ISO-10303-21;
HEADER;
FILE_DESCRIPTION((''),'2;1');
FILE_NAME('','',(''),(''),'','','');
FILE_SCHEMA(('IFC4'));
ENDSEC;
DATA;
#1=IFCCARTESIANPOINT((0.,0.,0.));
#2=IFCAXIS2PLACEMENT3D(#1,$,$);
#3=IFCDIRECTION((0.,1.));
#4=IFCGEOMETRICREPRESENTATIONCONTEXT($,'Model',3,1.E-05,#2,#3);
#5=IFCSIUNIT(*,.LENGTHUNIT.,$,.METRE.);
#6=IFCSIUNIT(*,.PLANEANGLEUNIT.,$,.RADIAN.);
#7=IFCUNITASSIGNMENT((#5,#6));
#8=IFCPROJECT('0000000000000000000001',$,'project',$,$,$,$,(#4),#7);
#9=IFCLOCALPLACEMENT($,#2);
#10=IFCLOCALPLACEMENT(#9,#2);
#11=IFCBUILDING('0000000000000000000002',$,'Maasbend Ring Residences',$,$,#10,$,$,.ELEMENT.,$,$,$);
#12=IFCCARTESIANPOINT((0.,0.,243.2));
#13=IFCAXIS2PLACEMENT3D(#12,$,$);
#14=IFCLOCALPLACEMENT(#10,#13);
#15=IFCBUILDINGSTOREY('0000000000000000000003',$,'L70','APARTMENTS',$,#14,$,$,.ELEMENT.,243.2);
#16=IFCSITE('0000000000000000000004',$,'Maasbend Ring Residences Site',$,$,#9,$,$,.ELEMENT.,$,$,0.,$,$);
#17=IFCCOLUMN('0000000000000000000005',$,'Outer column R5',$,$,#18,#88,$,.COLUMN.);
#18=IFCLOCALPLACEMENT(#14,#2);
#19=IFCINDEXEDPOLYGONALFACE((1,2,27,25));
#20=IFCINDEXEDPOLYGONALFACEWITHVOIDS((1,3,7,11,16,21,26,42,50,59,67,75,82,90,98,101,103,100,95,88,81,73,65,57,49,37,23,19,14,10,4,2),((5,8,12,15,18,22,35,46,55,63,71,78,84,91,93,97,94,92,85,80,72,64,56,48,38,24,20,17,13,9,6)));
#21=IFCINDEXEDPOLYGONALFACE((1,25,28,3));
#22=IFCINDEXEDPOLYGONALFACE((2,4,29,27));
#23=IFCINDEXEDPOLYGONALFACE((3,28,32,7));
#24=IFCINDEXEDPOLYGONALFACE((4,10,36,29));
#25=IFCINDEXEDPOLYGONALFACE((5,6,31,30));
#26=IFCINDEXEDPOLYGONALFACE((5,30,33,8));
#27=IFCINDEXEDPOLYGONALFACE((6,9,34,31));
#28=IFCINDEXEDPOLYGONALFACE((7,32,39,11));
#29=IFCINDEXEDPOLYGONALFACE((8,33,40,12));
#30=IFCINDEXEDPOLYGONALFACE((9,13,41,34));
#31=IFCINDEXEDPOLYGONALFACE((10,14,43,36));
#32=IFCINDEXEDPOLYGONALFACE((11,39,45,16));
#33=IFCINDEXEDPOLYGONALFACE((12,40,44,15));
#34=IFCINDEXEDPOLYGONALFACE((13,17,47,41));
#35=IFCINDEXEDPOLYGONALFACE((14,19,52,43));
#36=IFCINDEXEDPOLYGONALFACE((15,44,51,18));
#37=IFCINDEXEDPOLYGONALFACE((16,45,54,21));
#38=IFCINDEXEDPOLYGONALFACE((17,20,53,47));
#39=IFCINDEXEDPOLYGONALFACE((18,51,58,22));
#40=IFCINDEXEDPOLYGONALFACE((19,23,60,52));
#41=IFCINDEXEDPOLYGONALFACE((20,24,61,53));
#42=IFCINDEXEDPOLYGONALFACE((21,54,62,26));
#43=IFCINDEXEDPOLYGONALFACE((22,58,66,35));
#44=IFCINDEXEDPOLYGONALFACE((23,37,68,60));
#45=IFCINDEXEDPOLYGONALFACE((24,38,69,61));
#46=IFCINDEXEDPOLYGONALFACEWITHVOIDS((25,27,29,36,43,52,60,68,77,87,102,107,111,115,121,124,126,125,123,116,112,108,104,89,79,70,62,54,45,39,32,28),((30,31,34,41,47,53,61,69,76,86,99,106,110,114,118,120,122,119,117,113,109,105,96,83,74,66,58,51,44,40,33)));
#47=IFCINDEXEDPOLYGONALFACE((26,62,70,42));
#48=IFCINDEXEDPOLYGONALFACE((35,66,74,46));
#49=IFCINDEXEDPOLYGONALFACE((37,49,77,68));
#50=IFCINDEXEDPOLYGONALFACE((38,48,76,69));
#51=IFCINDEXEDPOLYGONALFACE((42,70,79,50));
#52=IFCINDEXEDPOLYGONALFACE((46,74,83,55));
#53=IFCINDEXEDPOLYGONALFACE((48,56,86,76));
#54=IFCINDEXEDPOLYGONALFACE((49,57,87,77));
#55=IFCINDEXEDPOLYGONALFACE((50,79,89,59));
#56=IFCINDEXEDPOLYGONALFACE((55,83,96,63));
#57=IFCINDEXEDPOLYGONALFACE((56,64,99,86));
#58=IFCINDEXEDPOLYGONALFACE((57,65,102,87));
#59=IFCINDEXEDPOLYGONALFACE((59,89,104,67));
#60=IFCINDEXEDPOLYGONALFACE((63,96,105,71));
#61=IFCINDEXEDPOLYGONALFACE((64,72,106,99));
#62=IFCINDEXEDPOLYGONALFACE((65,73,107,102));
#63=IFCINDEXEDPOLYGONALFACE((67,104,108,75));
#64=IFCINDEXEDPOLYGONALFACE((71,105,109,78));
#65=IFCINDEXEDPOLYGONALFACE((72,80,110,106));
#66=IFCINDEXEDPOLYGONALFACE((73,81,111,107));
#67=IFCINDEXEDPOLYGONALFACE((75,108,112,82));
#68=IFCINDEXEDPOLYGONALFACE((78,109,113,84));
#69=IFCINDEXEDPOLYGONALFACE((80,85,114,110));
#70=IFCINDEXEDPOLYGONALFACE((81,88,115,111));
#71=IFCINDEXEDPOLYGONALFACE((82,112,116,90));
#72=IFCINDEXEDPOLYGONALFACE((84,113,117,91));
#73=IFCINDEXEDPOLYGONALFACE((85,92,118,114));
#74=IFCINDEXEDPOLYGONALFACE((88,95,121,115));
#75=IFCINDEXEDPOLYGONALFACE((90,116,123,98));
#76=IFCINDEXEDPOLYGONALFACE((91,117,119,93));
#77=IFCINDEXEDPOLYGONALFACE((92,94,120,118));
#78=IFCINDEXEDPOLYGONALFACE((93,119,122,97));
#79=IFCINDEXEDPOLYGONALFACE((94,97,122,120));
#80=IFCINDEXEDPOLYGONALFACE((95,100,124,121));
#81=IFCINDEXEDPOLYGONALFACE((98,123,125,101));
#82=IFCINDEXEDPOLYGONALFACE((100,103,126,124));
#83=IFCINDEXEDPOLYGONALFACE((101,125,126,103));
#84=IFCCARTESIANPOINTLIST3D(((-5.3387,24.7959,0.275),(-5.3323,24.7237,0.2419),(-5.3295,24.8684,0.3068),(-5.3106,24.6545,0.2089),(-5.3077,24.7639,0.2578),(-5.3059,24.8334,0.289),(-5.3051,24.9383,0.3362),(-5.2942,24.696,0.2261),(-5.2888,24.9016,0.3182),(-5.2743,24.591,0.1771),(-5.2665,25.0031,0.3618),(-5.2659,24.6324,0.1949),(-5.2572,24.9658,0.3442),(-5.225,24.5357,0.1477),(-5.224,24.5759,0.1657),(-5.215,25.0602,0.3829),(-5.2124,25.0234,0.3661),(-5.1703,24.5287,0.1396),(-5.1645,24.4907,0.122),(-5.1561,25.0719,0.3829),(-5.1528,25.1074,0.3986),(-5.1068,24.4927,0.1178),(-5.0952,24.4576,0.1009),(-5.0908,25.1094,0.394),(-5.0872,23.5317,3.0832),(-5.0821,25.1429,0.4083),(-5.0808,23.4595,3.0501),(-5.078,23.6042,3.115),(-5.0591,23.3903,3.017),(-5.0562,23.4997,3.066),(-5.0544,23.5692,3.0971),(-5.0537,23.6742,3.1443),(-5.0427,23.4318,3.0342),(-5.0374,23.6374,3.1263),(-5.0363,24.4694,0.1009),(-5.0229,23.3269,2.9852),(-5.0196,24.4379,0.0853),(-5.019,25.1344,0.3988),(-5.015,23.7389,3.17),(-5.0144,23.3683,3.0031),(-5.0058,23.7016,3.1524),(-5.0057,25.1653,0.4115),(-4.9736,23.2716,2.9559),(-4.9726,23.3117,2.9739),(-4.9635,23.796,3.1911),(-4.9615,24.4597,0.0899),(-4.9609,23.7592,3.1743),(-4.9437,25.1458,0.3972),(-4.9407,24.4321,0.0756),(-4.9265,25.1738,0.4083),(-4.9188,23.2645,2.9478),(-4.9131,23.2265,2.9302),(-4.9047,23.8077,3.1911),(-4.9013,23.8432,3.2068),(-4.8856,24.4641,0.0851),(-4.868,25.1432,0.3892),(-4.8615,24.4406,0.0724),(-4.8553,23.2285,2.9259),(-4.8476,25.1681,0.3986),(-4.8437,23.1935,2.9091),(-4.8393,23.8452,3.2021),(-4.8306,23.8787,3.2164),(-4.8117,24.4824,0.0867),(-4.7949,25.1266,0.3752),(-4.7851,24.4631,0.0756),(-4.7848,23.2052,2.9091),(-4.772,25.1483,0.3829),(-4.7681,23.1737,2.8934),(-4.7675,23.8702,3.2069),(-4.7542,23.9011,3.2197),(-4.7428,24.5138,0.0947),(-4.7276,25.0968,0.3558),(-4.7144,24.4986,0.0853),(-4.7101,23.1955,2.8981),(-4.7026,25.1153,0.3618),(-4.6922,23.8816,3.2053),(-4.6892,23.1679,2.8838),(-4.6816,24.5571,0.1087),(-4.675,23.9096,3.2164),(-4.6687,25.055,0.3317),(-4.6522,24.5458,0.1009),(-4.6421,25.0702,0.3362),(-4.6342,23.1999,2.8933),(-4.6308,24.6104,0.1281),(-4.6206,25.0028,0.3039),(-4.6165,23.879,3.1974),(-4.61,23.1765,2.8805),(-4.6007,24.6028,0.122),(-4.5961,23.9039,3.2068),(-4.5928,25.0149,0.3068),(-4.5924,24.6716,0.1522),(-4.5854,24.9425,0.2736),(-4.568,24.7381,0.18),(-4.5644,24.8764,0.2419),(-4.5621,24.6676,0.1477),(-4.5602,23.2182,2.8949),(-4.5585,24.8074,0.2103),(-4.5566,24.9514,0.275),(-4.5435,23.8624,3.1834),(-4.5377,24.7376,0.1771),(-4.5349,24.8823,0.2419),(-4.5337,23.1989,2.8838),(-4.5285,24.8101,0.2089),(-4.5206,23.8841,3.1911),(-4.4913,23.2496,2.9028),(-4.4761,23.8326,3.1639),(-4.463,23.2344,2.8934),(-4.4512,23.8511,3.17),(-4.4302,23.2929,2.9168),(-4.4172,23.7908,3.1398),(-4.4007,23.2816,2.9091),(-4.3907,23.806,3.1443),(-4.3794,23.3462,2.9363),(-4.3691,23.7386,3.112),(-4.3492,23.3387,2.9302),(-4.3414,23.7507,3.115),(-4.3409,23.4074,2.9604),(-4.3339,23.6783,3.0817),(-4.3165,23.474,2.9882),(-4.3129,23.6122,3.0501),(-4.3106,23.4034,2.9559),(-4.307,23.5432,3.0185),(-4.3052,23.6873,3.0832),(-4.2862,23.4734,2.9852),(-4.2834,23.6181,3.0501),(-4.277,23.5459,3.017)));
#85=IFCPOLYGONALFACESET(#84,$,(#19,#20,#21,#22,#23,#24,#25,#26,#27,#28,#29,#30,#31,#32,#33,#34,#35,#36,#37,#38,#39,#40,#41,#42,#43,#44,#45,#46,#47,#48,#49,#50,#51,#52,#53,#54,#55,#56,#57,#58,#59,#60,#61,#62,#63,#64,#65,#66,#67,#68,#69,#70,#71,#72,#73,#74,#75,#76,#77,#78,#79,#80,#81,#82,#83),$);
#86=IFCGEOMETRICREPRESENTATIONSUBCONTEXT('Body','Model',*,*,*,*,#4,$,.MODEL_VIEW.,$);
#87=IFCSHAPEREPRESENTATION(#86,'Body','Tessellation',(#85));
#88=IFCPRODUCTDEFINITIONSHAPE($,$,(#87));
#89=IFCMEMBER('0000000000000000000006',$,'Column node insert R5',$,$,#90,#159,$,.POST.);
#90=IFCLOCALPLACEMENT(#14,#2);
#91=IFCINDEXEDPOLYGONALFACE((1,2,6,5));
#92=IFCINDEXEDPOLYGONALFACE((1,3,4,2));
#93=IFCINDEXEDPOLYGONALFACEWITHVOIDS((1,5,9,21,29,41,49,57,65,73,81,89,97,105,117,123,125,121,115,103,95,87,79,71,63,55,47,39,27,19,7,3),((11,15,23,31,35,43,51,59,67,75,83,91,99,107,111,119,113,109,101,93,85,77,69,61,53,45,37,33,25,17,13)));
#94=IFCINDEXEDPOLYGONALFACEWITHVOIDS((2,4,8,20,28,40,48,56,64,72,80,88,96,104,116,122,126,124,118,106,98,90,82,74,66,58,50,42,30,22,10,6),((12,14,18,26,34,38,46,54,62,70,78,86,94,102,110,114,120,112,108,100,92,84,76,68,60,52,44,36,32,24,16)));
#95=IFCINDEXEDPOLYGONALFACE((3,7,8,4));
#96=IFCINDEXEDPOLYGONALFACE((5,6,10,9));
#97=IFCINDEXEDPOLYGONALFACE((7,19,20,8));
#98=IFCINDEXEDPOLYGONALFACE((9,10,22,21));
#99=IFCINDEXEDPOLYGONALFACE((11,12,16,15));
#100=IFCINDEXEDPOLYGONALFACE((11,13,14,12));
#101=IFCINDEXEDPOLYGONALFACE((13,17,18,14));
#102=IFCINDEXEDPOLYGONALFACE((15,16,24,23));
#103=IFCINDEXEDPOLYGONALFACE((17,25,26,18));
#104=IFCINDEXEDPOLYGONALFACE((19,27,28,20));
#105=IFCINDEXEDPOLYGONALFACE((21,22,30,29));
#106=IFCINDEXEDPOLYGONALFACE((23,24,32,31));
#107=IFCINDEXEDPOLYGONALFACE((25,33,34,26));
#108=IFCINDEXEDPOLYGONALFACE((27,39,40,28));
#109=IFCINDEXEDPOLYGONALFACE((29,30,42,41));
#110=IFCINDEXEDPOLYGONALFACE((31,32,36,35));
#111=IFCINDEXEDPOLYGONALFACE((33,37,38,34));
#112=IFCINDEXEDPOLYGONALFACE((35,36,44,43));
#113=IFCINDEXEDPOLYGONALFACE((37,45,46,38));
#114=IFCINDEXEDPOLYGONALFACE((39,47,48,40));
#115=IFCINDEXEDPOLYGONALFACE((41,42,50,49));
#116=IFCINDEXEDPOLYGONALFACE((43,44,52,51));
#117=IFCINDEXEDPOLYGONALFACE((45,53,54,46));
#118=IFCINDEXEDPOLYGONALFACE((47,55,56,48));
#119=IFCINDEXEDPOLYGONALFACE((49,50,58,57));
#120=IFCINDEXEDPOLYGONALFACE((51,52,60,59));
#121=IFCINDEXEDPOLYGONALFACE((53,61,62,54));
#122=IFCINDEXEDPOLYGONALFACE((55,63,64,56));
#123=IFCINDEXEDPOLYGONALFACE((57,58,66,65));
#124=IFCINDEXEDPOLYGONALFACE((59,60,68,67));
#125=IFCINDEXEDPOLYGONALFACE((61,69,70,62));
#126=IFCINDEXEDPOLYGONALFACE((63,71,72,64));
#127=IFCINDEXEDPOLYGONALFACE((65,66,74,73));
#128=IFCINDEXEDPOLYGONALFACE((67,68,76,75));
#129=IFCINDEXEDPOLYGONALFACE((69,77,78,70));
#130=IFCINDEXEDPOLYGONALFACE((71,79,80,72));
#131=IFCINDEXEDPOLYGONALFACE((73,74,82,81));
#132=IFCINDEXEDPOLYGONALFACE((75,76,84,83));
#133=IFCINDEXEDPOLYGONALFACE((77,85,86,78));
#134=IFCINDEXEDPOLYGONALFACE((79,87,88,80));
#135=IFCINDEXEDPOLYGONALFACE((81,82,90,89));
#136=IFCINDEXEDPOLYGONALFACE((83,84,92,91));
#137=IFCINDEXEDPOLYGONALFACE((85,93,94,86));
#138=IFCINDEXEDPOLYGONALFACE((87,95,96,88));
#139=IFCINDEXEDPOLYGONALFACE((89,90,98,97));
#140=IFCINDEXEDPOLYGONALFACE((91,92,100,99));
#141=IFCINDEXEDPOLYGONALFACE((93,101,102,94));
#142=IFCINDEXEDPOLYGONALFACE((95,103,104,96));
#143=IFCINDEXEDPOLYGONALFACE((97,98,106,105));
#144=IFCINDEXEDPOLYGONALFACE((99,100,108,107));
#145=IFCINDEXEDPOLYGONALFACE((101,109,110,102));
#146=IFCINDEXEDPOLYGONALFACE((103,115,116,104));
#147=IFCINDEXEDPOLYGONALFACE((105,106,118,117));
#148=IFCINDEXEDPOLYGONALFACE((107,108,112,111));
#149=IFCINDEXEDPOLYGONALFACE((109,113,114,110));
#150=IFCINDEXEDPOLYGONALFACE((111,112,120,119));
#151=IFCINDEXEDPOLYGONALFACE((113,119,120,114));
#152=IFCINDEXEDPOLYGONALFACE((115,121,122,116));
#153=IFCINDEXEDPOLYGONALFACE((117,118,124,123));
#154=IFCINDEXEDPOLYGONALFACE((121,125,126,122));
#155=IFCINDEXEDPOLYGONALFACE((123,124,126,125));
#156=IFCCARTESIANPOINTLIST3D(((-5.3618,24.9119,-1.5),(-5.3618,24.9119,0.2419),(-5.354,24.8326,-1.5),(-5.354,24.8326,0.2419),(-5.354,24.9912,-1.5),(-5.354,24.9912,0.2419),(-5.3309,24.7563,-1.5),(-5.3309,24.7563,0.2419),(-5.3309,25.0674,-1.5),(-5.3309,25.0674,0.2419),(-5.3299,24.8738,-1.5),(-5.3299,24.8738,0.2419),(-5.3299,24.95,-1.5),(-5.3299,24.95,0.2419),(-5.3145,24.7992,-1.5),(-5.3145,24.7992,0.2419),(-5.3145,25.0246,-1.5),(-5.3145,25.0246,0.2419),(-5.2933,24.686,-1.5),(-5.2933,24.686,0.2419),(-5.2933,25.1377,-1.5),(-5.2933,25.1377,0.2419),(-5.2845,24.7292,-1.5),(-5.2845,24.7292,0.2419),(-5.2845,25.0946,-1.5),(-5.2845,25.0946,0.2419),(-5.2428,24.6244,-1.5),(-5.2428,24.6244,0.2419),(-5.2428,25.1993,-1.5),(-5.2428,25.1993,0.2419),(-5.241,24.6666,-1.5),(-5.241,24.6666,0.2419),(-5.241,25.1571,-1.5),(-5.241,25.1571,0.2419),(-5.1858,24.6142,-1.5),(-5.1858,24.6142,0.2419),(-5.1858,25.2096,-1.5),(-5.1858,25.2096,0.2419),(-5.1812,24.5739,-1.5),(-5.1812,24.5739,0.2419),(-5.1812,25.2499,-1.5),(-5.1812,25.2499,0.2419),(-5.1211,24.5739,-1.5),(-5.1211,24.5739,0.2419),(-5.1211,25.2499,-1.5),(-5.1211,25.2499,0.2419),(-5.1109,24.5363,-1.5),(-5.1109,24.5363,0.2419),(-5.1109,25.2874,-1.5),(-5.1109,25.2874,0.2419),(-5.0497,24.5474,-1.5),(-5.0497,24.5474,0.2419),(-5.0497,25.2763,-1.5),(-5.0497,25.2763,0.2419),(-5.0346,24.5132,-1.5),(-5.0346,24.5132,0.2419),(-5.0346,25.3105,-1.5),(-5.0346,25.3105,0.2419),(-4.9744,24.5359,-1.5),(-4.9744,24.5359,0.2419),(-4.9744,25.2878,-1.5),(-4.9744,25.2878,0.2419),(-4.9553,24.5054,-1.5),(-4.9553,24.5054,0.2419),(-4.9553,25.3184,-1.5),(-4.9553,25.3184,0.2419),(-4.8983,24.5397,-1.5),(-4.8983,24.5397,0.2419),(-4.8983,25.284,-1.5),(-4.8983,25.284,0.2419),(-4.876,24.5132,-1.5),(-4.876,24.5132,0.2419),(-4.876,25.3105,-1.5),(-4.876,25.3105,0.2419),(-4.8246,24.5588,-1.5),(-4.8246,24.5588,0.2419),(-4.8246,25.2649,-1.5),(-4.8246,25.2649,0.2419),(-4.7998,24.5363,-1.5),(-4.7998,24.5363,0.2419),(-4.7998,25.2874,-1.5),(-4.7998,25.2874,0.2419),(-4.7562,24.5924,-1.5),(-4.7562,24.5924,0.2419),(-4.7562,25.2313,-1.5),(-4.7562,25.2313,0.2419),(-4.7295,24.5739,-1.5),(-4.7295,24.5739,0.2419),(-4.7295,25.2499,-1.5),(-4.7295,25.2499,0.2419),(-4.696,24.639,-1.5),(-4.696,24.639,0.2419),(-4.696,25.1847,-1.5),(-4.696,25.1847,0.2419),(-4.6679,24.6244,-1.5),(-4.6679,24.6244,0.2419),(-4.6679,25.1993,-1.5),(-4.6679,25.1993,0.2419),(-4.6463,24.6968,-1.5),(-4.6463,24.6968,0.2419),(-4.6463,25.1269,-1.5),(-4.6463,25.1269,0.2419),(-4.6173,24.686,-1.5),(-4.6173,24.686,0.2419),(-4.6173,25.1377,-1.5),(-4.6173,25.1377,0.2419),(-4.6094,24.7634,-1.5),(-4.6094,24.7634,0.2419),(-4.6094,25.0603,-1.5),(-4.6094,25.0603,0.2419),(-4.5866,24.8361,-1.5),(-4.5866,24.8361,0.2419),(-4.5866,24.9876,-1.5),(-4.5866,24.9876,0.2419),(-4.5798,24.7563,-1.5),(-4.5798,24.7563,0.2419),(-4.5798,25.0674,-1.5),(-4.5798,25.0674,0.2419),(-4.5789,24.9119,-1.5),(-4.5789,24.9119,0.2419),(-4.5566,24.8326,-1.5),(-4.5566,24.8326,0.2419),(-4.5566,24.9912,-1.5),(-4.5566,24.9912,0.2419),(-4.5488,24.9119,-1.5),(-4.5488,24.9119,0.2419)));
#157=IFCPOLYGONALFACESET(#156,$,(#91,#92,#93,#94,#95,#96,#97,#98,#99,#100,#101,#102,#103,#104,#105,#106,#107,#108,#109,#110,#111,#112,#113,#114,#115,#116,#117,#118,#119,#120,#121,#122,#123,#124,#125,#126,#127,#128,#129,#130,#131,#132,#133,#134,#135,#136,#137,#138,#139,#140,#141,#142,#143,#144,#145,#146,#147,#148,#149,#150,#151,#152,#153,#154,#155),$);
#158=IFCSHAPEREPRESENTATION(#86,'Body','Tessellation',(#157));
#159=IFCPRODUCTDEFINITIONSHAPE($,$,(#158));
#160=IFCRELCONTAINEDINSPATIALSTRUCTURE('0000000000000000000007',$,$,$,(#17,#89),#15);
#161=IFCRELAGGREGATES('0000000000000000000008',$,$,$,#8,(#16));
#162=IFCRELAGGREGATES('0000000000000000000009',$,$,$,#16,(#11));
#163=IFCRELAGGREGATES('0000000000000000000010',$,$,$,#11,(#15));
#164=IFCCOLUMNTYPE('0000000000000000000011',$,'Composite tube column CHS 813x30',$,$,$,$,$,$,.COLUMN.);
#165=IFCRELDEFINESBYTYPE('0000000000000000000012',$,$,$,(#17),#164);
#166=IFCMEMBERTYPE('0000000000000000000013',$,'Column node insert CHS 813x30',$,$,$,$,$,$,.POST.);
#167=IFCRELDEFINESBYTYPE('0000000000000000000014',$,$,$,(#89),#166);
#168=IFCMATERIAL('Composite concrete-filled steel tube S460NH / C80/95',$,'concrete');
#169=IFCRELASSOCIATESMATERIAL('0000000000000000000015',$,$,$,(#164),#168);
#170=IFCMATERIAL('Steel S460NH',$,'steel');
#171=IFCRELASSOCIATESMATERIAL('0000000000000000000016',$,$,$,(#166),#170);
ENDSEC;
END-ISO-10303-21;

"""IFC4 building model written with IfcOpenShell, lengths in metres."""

from ifc_helpers import new_model, si_unit, direction, frame, origin, origin_2d, place, context, subcontext, project, spatial, hollow_circle, extrude, material, material_profile, profile_set, type_object, element, save


model = new_model("IFC4")

# Units and contexts
model_context = context("Model", 3, precision=1e-05, world=origin(), true_north=direction((0.0, 1.0)))
body_context = subcontext(model_context, "Body", "Model", "MODEL_VIEW")
ifc_project = project(units=[si_unit("LENGTHUNIT", "METRE"), si_unit("PLANEANGLEUNIT", "RADIAN")], contexts=[model_context])

# Site, building, storey
site_placement = place(None, origin())
site = spatial("IfcSite", under=ifc_project, at=site_placement, Name="Maasbend Ring Residences Site", CompositionType="ELEMENT", RefElevation=0.0)
building_placement = place(site_placement, origin())
building = spatial("IfcBuilding", under=site, at=building_placement, Name="Maasbend Ring Residences", CompositionType="ELEMENT")
storey_placement = place(building_placement, frame((0.0, 0.0, 243.2)))
storey = spatial("IfcBuildingStorey", under=building, at=storey_placement, Name="L70", Description="APARTMENTS", CompositionType="ELEMENT", Elevation=243.2)

# Column
ifc_material_1 = material(Name="Composite concrete-filled steel tube S460NH / C80/95", Category="concrete")
ifc_material_profile_1 = material_profile(ifc_material_1, hollow_circle(Radius=0.4065, WallThickness=0.03, at=origin_2d()), Name="Composite tube column CHS 813x30")
ifc_profile_set_1 = profile_set([ifc_material_profile_1], Name="Composite concrete-filled steel tube S460NH / C80/95")
column_type = type_object("IfcColumnType", Name="Composite tube column CHS 813x30", PredefinedType="COLUMN", material=ifc_profile_set_1)
column_placement = place(storey_placement, frame((-4.9336, 24.803, 0.2419), z_axis=(0.081386, -0.409141, 0.908834), x_axis=(0.980784, 0.195096, 0.0)))
element("IfcColumn", 1, at=column_placement, inside=storey, type_object=column_type, Name="Outer column R5", PredefinedType="COLUMN", context=body_context, shape_type="SweptSolid", body=[
    extrude(hollow_circle(Radius=0.4065, WallThickness=0.03, at=origin_2d()), origin(), (0.0, 0.0, 1.0), 3.0898),
])

# Member
ifc_material_2 = material(Name="Steel S460NH", Category="steel")
ifc_material_profile_2 = material_profile(ifc_material_2, hollow_circle(Radius=0.4065, WallThickness=0.03, at=origin_2d()), Name="Column node insert CHS 813x30")
ifc_profile_set_2 = profile_set([ifc_material_profile_2], Name="Steel S460NH")
member_type = type_object("IfcMemberType", Name="Column node insert CHS 813x30", PredefinedType="POST", material=ifc_profile_set_2)
member_placement = place(storey_placement, frame((-4.9553, 24.9119, -1.5), z_axis=(0.0, 0.0, 1.0), x_axis=(1.0, 0.0, 0.0)))
element("IfcMember", 2, at=member_placement, inside=storey, type_object=member_type, Name="Column node insert R5", PredefinedType="POST", context=body_context, shape_type="SweptSolid", body=[
    extrude(hollow_circle(Radius=0.4065, WallThickness=0.03, at=origin_2d()), origin(), (0.0, 0.0, 1.0), 1.7419),
])

save(model, "model.ifc")
